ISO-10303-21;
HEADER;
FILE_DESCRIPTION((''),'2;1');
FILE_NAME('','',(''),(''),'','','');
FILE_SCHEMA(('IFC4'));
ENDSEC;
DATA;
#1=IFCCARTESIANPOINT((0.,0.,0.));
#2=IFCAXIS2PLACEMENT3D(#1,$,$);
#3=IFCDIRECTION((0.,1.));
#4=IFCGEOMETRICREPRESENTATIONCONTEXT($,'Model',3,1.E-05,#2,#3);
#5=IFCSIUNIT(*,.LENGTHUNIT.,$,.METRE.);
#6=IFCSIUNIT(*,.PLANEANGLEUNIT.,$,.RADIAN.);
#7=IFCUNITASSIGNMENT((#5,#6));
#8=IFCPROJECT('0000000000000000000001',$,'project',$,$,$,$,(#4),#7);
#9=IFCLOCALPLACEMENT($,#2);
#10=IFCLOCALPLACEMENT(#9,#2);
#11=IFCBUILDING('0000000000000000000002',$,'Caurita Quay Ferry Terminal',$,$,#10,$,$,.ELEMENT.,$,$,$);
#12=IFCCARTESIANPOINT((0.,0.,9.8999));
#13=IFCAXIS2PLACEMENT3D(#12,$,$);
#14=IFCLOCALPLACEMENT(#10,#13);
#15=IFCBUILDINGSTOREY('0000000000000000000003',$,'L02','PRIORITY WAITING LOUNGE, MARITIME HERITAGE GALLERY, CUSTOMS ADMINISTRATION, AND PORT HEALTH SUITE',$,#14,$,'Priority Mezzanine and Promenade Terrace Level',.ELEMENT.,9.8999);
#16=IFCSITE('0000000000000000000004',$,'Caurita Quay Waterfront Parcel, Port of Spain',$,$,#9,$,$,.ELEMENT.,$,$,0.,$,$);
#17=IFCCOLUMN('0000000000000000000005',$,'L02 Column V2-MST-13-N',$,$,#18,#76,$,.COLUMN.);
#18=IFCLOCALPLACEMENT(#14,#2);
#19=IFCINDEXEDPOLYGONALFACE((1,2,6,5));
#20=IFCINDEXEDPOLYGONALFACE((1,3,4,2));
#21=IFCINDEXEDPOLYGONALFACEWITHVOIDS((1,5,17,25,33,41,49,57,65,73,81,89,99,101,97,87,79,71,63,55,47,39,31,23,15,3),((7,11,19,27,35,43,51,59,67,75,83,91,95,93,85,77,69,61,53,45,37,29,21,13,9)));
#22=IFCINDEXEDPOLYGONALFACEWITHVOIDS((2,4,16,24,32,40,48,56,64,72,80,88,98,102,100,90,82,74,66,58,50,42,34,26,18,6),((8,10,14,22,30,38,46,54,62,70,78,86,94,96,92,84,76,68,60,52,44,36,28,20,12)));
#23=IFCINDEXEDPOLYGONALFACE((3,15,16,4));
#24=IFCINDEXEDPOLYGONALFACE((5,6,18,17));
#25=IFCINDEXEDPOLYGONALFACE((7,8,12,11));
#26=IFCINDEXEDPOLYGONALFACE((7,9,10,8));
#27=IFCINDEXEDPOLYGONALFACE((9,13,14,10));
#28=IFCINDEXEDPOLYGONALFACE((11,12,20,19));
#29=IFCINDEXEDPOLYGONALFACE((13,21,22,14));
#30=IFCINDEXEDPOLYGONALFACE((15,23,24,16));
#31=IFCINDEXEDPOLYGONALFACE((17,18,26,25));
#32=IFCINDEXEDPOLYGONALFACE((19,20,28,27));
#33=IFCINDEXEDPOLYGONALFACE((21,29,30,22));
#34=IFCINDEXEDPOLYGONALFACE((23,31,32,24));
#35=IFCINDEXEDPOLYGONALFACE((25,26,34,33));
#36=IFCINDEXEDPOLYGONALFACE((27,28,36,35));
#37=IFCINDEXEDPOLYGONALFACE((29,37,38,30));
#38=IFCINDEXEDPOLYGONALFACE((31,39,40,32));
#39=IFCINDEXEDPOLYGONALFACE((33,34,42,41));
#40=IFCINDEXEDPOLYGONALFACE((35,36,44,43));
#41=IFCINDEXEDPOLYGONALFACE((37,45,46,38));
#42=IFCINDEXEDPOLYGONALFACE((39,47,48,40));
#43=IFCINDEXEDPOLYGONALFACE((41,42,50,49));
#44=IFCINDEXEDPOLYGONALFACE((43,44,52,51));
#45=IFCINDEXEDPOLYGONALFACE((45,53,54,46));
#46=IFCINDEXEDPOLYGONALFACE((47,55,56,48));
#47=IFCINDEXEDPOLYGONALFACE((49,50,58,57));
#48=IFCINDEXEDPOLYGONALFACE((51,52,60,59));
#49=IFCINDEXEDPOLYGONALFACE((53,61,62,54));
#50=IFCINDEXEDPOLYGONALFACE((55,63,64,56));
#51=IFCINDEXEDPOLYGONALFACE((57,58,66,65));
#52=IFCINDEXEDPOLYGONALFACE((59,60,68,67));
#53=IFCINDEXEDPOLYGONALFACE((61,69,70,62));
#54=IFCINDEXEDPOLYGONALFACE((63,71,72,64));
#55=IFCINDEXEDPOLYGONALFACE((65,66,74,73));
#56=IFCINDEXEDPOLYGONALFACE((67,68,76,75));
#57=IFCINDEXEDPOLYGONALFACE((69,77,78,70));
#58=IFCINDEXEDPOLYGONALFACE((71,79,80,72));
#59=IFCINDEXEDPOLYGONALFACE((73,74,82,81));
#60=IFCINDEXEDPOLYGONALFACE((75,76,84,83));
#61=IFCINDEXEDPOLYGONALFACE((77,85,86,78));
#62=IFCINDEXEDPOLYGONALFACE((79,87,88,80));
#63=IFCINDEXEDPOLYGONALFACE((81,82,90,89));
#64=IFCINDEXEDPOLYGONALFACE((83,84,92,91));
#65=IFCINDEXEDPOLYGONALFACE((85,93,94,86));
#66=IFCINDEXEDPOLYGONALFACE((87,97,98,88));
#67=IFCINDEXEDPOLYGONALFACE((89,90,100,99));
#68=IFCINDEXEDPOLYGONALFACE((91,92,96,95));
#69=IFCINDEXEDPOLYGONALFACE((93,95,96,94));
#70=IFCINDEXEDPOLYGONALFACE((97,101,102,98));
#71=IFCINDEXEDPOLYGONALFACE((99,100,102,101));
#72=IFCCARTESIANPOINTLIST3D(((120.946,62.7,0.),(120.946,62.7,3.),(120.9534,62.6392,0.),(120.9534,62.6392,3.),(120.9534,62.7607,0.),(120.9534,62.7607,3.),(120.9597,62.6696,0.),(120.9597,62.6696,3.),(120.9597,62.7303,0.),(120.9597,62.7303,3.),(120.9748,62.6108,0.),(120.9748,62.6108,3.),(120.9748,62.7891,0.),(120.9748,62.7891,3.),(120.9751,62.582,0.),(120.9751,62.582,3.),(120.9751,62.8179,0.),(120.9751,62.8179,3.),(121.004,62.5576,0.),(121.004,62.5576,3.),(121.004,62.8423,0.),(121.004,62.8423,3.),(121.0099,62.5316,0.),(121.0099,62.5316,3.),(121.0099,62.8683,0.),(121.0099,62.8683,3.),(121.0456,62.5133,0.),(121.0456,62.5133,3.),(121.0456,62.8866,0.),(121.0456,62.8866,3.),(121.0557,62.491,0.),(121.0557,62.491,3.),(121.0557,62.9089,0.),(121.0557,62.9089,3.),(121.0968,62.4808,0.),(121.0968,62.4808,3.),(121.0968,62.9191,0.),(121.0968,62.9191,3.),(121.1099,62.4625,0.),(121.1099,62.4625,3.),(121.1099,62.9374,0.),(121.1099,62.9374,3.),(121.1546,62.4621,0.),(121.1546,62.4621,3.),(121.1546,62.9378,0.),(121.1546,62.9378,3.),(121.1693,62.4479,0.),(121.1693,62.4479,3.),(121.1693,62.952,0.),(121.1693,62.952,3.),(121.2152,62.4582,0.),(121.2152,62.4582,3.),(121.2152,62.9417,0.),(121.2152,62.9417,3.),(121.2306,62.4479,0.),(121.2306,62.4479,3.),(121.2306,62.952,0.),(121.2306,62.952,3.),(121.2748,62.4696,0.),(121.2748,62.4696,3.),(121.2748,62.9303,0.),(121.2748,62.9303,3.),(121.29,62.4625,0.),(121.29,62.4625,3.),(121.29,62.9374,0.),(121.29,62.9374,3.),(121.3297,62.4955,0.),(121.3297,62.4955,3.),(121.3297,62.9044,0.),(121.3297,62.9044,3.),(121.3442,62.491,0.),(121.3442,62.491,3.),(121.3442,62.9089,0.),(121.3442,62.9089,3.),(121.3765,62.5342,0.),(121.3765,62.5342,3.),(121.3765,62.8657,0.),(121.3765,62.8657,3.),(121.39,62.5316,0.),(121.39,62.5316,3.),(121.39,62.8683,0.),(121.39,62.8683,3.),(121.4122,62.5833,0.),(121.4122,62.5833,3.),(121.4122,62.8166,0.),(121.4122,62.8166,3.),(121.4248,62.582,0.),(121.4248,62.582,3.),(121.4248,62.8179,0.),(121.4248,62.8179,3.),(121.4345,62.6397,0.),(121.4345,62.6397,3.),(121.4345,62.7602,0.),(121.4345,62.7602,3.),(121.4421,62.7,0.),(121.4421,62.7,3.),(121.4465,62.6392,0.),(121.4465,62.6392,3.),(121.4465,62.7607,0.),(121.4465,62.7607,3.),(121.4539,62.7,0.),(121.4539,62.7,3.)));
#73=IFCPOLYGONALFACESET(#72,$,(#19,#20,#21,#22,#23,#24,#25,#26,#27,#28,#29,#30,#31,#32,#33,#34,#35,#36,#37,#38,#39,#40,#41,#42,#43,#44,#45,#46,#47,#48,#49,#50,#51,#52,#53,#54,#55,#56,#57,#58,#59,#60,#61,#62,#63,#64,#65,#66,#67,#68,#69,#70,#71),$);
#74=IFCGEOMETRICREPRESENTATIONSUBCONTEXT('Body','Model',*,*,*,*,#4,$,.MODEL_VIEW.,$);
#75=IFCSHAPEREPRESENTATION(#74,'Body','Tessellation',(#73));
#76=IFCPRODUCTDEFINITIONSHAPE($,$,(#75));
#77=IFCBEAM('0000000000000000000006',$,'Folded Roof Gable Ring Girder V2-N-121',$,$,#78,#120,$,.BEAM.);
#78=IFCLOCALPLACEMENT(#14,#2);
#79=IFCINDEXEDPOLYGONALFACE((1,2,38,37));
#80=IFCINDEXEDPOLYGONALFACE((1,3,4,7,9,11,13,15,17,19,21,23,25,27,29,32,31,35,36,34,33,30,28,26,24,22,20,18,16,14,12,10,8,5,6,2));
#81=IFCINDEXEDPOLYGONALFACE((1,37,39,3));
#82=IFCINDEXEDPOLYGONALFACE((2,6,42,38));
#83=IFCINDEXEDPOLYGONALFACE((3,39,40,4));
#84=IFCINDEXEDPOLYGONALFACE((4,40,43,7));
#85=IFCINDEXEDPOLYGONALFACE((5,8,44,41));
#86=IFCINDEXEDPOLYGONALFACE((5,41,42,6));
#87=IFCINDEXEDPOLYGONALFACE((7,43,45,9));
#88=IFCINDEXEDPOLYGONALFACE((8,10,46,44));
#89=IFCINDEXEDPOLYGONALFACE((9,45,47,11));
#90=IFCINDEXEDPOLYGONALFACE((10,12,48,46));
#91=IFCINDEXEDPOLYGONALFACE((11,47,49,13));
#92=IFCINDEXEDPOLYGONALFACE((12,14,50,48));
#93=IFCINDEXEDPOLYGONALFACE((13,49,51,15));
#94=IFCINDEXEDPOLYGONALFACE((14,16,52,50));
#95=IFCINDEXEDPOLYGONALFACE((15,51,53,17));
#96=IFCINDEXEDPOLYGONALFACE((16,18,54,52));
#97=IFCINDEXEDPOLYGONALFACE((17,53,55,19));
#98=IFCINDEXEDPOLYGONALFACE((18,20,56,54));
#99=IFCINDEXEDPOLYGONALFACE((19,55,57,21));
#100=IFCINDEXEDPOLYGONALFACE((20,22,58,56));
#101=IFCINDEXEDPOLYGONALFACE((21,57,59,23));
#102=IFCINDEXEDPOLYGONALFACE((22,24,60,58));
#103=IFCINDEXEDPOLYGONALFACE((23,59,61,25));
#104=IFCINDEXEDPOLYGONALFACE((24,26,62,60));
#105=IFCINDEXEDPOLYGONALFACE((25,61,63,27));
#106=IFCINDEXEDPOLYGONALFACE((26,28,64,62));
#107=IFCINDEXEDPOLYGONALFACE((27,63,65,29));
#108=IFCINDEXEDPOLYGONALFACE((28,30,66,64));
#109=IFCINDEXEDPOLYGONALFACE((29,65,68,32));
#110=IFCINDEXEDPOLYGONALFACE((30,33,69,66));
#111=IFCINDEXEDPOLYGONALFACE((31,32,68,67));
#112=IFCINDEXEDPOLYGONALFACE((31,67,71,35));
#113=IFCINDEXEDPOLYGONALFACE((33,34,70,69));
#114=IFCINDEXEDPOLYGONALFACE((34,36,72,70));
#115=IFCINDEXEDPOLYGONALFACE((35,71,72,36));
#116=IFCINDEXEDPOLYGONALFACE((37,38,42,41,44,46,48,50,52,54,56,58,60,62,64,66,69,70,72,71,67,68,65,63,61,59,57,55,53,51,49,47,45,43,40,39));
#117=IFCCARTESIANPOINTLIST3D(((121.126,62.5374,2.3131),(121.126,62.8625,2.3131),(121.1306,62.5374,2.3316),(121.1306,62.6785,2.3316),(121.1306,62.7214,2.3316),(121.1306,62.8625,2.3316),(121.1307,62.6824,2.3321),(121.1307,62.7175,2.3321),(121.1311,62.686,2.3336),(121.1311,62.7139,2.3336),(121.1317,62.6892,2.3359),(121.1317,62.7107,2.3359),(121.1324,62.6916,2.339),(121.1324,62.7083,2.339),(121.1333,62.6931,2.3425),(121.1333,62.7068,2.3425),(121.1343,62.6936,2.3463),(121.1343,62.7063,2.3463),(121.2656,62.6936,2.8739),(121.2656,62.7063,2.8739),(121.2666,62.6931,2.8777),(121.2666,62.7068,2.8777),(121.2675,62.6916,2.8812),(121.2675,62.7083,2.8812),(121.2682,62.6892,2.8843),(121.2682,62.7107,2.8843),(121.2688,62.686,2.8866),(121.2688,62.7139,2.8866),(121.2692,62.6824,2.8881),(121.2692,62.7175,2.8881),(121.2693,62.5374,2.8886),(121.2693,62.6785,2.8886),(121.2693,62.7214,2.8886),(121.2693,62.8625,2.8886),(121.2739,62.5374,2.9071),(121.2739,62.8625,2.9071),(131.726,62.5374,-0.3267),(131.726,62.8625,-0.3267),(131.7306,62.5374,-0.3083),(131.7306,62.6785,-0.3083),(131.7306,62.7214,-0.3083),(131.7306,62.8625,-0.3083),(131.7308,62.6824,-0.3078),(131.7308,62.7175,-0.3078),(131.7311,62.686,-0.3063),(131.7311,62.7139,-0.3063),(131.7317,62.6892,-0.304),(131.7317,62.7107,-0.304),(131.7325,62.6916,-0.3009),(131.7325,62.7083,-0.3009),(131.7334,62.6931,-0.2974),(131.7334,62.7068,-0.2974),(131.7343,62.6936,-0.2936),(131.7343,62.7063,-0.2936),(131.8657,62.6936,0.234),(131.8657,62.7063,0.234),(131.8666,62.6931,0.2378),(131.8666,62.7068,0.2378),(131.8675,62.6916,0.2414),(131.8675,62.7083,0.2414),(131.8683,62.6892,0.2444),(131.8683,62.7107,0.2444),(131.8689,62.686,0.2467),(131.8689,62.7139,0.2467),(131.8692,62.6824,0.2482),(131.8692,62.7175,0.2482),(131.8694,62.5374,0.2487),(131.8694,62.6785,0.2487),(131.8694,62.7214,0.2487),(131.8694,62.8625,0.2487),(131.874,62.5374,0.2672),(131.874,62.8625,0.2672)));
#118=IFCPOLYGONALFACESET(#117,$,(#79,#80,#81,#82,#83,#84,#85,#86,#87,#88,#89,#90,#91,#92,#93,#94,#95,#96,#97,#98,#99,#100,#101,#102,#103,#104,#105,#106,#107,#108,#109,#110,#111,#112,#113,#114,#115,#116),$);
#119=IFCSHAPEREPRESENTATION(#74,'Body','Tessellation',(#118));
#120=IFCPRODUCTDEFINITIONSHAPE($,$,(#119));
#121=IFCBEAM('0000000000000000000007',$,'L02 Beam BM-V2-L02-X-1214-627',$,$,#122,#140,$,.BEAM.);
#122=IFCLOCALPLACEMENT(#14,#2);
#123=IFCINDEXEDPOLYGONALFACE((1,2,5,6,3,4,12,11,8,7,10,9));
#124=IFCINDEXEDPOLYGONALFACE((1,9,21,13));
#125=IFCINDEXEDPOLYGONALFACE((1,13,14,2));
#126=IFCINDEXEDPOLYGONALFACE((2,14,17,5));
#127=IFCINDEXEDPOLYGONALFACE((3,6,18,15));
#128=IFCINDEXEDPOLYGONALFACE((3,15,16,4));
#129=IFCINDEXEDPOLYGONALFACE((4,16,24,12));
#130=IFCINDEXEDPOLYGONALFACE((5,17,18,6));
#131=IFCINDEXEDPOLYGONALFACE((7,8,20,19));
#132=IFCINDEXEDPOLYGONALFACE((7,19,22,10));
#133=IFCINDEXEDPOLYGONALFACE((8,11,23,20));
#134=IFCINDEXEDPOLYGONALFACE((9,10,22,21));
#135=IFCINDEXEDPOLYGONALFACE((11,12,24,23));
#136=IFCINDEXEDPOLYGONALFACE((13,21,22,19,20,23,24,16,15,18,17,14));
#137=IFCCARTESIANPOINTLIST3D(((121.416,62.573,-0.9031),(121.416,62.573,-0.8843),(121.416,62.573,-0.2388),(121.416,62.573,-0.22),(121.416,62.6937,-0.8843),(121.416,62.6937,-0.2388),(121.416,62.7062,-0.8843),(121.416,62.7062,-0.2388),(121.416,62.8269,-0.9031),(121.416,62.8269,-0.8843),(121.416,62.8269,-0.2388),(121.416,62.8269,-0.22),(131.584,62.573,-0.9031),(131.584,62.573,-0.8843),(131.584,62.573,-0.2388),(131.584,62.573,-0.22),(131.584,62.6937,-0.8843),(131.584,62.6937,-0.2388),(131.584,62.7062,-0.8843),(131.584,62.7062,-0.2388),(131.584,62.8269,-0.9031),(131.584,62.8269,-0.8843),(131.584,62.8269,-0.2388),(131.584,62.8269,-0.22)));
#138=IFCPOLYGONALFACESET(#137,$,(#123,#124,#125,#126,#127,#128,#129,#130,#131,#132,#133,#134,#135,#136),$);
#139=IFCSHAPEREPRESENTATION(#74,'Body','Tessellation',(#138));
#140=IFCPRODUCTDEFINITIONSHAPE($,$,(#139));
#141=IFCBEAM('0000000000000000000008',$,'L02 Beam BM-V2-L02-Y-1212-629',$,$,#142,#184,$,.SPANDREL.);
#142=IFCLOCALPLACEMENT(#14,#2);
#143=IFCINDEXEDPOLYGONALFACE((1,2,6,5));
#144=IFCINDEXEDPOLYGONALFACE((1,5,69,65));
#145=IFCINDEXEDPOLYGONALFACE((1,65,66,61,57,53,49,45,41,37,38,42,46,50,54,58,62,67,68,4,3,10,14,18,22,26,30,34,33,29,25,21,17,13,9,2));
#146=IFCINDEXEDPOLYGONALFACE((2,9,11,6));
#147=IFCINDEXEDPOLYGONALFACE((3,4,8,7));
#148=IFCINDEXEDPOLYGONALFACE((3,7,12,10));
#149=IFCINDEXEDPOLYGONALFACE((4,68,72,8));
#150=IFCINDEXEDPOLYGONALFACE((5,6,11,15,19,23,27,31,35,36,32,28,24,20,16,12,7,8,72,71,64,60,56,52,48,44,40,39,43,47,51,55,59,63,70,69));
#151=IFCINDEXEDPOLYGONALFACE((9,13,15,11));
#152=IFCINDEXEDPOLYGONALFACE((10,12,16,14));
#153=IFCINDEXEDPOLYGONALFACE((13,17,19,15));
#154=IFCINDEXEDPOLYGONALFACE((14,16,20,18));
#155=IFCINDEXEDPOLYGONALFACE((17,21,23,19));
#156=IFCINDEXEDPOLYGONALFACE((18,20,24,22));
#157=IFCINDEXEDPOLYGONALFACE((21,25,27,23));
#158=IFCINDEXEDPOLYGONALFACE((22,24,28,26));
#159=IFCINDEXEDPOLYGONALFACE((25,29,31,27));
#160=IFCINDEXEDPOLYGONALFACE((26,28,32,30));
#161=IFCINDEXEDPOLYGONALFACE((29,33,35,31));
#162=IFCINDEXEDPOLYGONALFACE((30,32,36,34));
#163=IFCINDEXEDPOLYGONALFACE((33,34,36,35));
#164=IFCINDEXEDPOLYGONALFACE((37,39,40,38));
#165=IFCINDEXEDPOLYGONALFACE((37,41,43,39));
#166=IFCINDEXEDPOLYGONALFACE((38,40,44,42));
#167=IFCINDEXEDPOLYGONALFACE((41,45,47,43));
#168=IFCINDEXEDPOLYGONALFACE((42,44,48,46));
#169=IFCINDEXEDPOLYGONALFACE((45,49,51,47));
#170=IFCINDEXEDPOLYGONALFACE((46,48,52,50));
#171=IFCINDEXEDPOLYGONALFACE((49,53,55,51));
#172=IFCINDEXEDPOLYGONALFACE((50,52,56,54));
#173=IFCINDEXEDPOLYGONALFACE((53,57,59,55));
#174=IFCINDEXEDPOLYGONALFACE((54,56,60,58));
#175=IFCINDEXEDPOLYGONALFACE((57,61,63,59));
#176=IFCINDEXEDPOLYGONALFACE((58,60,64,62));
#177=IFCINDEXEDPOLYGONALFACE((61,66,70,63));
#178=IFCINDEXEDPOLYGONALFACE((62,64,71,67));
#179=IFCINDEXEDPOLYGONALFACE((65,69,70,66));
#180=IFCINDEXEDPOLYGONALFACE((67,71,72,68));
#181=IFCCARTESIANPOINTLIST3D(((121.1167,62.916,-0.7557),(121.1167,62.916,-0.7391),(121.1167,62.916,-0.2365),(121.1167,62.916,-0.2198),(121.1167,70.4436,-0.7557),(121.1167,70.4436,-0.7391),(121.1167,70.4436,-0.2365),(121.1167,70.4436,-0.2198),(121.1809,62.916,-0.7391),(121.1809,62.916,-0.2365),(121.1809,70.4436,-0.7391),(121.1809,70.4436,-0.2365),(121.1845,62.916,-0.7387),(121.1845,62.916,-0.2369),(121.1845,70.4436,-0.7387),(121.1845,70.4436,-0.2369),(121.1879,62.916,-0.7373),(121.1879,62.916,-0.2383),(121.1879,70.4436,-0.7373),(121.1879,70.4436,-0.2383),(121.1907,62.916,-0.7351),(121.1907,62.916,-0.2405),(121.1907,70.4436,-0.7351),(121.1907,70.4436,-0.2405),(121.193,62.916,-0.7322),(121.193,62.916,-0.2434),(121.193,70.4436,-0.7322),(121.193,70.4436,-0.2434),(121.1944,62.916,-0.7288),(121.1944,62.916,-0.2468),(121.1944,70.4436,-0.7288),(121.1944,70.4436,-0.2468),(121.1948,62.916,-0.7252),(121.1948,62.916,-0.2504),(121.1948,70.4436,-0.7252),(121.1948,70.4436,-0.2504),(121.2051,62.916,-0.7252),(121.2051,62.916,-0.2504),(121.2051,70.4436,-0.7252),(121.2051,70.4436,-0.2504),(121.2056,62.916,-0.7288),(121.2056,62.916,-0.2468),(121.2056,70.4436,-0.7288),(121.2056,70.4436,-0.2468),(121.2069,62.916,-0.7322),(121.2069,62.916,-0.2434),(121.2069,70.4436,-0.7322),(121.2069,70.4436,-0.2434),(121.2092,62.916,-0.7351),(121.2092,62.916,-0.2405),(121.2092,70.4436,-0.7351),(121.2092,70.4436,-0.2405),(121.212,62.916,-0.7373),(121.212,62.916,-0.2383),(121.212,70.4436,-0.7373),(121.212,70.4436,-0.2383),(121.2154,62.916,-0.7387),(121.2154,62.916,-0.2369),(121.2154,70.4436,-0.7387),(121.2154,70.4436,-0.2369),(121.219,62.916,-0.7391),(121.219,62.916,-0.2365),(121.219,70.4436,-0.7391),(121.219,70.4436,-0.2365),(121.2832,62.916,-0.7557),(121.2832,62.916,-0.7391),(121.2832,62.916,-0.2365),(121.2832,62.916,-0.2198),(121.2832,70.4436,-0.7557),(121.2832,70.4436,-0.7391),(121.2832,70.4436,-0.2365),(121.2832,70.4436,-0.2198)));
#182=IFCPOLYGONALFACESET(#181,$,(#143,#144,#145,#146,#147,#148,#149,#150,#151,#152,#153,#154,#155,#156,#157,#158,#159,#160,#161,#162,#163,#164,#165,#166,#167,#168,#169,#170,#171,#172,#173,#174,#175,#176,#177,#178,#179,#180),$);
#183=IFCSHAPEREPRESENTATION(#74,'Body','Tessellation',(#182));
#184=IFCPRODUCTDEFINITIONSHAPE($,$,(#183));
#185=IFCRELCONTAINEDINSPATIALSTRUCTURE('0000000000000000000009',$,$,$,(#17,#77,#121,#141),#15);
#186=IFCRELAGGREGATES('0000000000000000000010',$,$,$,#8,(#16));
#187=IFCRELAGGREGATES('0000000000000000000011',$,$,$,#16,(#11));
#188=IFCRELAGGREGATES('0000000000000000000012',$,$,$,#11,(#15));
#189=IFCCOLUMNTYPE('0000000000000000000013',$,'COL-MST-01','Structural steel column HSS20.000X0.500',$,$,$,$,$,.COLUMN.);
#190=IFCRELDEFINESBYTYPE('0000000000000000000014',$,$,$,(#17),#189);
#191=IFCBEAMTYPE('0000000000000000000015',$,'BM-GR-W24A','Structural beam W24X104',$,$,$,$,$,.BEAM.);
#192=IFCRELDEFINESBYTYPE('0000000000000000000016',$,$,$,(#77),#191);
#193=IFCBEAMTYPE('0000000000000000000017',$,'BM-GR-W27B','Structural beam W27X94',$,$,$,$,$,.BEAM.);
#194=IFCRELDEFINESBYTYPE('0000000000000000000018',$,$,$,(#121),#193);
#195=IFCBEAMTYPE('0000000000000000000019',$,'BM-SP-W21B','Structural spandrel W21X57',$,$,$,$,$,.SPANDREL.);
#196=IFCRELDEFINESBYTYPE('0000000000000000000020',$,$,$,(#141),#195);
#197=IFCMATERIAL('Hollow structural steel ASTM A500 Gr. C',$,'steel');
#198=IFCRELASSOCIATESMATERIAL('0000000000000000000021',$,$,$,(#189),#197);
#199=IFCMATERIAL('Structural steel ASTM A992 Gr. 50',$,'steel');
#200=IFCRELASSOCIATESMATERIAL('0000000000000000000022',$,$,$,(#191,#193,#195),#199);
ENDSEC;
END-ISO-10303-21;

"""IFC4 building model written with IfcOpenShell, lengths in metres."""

from ifc_helpers import new_model, si_unit, direction, frame, origin, origin_2d, place, context, subcontext, project, spatial, hollow_circle, i_section, extrude, material, material_profile, profile_set, type_object, element, save


model = new_model("IFC4")

# Units and contexts
model_context = context("Model", 3, precision=1e-05, world=origin(), true_north=direction((0.0, 1.0)))
body_context = subcontext(model_context, "Body", "Model", "MODEL_VIEW")
ifc_project = project(units=[si_unit("LENGTHUNIT", "METRE"), si_unit("PLANEANGLEUNIT", "RADIAN")], contexts=[model_context])

# Site, building, storey
site_placement = place(None, origin())
site = spatial("IfcSite", under=ifc_project, at=site_placement, Name="Caurita Quay Waterfront Parcel, Port of Spain", CompositionType="ELEMENT", RefElevation=0.0)
building_placement = place(site_placement, origin())
building = spatial("IfcBuilding", under=site, at=building_placement, Name="Caurita Quay Ferry Terminal", CompositionType="ELEMENT")
storey_placement = place(building_placement, frame((0.0, 0.0, 9.8999)))
storey = spatial("IfcBuildingStorey", under=building, at=storey_placement, Name="L02", Description="PRIORITY WAITING LOUNGE, MARITIME HERITAGE GALLERY, CUSTOMS ADMINISTRATION, AND PORT HEALTH SUITE", LongName="Priority Mezzanine and Promenade Terrace Level", CompositionType="ELEMENT", Elevation=9.8999)

# Column
ifc_material_1 = material(Name="Hollow structural steel ASTM A500 Gr. C", Category="steel")
ifc_material_profile_1 = material_profile(ifc_material_1, hollow_circle(Radius=0.2539, WallThickness=0.0117, at=origin_2d()), Name="HSS20.000X0.500")
ifc_profile_set_1 = profile_set([ifc_material_profile_1], Name="Hollow structural steel ASTM A500 Gr. C")
column_type = type_object("IfcColumnType", Name="COL-MST-01", Description="Structural steel column HSS20.000X0.500", PredefinedType="COLUMN", material=ifc_profile_set_1)
column_placement = place(storey_placement, frame((121.2, 62.7, 0.0), z_axis=(0.0, 0.0, 1.0), x_axis=(1.0, 0.0, 0.0)))
element("IfcColumn", 1, at=column_placement, inside=storey, type_object=column_type, Name="L02 Column V2-MST-13-N", PredefinedType="COLUMN", context=body_context, shape_type="SweptSolid", body=[
    extrude(hollow_circle(Radius=0.2539, WallThickness=0.0117, at=origin_2d()), origin(), (0.0, 0.0, 1.0), 3.0),
])

# Beams
ifc_material_2 = material(Name="Structural steel ASTM A992 Gr. 50", Category="steel")
ifc_material_profile_2 = material_profile(ifc_material_2, i_section(OverallWidth=0.3252, OverallDepth=0.6121, WebThickness=0.0127, FlangeThickness=0.019, FilletRadius=0.0151, at=origin_2d()), Name="W24X104")
ifc_profile_set_2 = profile_set([ifc_material_profile_2], Name="Structural steel ASTM A992 Gr. 50")
beam_type_1 = type_object("IfcBeamType", Name="BM-GR-W24A", Description="Structural beam W24X104", PredefinedType="BEAM", material=ifc_profile_set_2)
beam_1_placement = place(storey_placement, frame((121.2, 62.7, 2.6101), z_axis=(0.97036, 0.0, -0.241663), x_axis=(0.0, 1.0, 0.0)))
element("IfcBeam", 2, at=beam_1_placement, inside=storey, type_object=beam_type_1, Name="Folded Roof Gable Ring Girder V2-N-121", PredefinedType="BEAM", context=body_context, shape_type="SweptSolid", body=[
    extrude(i_section(OverallWidth=0.3252, OverallDepth=0.6121, WebThickness=0.0127, FlangeThickness=0.019, FilletRadius=0.0151, at=origin_2d()), origin(), (0.0, 0.0, 1.0), 10.9238),
])
ifc_material_profile_3 = material_profile(ifc_material_2, i_section(OverallWidth=0.2539, OverallDepth=0.6831, WebThickness=0.0125, FlangeThickness=0.0188, at=origin_2d()), Name="W27X94")
ifc_profile_set_3 = profile_set([ifc_material_profile_3], Name="Structural steel ASTM A992 Gr. 50")
beam_type_2 = type_object("IfcBeamType", Name="BM-GR-W27B", Description="Structural beam W27X94", PredefinedType="BEAM", material=ifc_profile_set_3)
beam_2_placement = place(storey_placement, frame((121.416, 62.7, -0.5615), z_axis=(1.0, 0.0, 0.0), x_axis=(0.0, 1.0, 0.0)))
element("IfcBeam", 3, at=beam_2_placement, inside=storey, type_object=beam_type_2, Name="L02 Beam BM-V2-L02-X-1214-627", PredefinedType="BEAM", context=body_context, shape_type="SweptSolid", body=[
    extrude(i_section(OverallWidth=0.2539, OverallDepth=0.6831, WebThickness=0.0125, FlangeThickness=0.0188, at=origin_2d()), origin(), (0.0, 0.0, 1.0), 10.168),
])
ifc_material_profile_4 = material_profile(ifc_material_2, i_section(OverallWidth=0.1665, OverallDepth=0.5359, WebThickness=0.0103, FlangeThickness=0.0166, FilletRadius=0.0139, at=origin_2d()), Name="W21X57")
ifc_profile_set_4 = profile_set([ifc_material_profile_4], Name="Structural steel ASTM A992 Gr. 50")
beam_type_3 = type_object("IfcBeamType", Name="BM-SP-W21B", Description="Structural spandrel W21X57", PredefinedType="SPANDREL", material=ifc_profile_set_4)
beam_3_placement = place(storey_placement, frame((121.2, 62.916, -0.4878), z_axis=(0.0, 1.0, 0.0), x_axis=(-1.0, 0.0, 0.0)))
element("IfcBeam", 4, at=beam_3_placement, inside=storey, type_object=beam_type_3, Name="L02 Beam BM-V2-L02-Y-1212-629", PredefinedType="SPANDREL", context=body_context, shape_type="SweptSolid", body=[
    extrude(i_section(OverallWidth=0.1665, OverallDepth=0.5359, WebThickness=0.0103, FlangeThickness=0.0166, FilletRadius=0.0139, at=origin_2d()), origin(), (0.0, 0.0, 1.0), 7.5276),
])

save(model, "model.ifc")
